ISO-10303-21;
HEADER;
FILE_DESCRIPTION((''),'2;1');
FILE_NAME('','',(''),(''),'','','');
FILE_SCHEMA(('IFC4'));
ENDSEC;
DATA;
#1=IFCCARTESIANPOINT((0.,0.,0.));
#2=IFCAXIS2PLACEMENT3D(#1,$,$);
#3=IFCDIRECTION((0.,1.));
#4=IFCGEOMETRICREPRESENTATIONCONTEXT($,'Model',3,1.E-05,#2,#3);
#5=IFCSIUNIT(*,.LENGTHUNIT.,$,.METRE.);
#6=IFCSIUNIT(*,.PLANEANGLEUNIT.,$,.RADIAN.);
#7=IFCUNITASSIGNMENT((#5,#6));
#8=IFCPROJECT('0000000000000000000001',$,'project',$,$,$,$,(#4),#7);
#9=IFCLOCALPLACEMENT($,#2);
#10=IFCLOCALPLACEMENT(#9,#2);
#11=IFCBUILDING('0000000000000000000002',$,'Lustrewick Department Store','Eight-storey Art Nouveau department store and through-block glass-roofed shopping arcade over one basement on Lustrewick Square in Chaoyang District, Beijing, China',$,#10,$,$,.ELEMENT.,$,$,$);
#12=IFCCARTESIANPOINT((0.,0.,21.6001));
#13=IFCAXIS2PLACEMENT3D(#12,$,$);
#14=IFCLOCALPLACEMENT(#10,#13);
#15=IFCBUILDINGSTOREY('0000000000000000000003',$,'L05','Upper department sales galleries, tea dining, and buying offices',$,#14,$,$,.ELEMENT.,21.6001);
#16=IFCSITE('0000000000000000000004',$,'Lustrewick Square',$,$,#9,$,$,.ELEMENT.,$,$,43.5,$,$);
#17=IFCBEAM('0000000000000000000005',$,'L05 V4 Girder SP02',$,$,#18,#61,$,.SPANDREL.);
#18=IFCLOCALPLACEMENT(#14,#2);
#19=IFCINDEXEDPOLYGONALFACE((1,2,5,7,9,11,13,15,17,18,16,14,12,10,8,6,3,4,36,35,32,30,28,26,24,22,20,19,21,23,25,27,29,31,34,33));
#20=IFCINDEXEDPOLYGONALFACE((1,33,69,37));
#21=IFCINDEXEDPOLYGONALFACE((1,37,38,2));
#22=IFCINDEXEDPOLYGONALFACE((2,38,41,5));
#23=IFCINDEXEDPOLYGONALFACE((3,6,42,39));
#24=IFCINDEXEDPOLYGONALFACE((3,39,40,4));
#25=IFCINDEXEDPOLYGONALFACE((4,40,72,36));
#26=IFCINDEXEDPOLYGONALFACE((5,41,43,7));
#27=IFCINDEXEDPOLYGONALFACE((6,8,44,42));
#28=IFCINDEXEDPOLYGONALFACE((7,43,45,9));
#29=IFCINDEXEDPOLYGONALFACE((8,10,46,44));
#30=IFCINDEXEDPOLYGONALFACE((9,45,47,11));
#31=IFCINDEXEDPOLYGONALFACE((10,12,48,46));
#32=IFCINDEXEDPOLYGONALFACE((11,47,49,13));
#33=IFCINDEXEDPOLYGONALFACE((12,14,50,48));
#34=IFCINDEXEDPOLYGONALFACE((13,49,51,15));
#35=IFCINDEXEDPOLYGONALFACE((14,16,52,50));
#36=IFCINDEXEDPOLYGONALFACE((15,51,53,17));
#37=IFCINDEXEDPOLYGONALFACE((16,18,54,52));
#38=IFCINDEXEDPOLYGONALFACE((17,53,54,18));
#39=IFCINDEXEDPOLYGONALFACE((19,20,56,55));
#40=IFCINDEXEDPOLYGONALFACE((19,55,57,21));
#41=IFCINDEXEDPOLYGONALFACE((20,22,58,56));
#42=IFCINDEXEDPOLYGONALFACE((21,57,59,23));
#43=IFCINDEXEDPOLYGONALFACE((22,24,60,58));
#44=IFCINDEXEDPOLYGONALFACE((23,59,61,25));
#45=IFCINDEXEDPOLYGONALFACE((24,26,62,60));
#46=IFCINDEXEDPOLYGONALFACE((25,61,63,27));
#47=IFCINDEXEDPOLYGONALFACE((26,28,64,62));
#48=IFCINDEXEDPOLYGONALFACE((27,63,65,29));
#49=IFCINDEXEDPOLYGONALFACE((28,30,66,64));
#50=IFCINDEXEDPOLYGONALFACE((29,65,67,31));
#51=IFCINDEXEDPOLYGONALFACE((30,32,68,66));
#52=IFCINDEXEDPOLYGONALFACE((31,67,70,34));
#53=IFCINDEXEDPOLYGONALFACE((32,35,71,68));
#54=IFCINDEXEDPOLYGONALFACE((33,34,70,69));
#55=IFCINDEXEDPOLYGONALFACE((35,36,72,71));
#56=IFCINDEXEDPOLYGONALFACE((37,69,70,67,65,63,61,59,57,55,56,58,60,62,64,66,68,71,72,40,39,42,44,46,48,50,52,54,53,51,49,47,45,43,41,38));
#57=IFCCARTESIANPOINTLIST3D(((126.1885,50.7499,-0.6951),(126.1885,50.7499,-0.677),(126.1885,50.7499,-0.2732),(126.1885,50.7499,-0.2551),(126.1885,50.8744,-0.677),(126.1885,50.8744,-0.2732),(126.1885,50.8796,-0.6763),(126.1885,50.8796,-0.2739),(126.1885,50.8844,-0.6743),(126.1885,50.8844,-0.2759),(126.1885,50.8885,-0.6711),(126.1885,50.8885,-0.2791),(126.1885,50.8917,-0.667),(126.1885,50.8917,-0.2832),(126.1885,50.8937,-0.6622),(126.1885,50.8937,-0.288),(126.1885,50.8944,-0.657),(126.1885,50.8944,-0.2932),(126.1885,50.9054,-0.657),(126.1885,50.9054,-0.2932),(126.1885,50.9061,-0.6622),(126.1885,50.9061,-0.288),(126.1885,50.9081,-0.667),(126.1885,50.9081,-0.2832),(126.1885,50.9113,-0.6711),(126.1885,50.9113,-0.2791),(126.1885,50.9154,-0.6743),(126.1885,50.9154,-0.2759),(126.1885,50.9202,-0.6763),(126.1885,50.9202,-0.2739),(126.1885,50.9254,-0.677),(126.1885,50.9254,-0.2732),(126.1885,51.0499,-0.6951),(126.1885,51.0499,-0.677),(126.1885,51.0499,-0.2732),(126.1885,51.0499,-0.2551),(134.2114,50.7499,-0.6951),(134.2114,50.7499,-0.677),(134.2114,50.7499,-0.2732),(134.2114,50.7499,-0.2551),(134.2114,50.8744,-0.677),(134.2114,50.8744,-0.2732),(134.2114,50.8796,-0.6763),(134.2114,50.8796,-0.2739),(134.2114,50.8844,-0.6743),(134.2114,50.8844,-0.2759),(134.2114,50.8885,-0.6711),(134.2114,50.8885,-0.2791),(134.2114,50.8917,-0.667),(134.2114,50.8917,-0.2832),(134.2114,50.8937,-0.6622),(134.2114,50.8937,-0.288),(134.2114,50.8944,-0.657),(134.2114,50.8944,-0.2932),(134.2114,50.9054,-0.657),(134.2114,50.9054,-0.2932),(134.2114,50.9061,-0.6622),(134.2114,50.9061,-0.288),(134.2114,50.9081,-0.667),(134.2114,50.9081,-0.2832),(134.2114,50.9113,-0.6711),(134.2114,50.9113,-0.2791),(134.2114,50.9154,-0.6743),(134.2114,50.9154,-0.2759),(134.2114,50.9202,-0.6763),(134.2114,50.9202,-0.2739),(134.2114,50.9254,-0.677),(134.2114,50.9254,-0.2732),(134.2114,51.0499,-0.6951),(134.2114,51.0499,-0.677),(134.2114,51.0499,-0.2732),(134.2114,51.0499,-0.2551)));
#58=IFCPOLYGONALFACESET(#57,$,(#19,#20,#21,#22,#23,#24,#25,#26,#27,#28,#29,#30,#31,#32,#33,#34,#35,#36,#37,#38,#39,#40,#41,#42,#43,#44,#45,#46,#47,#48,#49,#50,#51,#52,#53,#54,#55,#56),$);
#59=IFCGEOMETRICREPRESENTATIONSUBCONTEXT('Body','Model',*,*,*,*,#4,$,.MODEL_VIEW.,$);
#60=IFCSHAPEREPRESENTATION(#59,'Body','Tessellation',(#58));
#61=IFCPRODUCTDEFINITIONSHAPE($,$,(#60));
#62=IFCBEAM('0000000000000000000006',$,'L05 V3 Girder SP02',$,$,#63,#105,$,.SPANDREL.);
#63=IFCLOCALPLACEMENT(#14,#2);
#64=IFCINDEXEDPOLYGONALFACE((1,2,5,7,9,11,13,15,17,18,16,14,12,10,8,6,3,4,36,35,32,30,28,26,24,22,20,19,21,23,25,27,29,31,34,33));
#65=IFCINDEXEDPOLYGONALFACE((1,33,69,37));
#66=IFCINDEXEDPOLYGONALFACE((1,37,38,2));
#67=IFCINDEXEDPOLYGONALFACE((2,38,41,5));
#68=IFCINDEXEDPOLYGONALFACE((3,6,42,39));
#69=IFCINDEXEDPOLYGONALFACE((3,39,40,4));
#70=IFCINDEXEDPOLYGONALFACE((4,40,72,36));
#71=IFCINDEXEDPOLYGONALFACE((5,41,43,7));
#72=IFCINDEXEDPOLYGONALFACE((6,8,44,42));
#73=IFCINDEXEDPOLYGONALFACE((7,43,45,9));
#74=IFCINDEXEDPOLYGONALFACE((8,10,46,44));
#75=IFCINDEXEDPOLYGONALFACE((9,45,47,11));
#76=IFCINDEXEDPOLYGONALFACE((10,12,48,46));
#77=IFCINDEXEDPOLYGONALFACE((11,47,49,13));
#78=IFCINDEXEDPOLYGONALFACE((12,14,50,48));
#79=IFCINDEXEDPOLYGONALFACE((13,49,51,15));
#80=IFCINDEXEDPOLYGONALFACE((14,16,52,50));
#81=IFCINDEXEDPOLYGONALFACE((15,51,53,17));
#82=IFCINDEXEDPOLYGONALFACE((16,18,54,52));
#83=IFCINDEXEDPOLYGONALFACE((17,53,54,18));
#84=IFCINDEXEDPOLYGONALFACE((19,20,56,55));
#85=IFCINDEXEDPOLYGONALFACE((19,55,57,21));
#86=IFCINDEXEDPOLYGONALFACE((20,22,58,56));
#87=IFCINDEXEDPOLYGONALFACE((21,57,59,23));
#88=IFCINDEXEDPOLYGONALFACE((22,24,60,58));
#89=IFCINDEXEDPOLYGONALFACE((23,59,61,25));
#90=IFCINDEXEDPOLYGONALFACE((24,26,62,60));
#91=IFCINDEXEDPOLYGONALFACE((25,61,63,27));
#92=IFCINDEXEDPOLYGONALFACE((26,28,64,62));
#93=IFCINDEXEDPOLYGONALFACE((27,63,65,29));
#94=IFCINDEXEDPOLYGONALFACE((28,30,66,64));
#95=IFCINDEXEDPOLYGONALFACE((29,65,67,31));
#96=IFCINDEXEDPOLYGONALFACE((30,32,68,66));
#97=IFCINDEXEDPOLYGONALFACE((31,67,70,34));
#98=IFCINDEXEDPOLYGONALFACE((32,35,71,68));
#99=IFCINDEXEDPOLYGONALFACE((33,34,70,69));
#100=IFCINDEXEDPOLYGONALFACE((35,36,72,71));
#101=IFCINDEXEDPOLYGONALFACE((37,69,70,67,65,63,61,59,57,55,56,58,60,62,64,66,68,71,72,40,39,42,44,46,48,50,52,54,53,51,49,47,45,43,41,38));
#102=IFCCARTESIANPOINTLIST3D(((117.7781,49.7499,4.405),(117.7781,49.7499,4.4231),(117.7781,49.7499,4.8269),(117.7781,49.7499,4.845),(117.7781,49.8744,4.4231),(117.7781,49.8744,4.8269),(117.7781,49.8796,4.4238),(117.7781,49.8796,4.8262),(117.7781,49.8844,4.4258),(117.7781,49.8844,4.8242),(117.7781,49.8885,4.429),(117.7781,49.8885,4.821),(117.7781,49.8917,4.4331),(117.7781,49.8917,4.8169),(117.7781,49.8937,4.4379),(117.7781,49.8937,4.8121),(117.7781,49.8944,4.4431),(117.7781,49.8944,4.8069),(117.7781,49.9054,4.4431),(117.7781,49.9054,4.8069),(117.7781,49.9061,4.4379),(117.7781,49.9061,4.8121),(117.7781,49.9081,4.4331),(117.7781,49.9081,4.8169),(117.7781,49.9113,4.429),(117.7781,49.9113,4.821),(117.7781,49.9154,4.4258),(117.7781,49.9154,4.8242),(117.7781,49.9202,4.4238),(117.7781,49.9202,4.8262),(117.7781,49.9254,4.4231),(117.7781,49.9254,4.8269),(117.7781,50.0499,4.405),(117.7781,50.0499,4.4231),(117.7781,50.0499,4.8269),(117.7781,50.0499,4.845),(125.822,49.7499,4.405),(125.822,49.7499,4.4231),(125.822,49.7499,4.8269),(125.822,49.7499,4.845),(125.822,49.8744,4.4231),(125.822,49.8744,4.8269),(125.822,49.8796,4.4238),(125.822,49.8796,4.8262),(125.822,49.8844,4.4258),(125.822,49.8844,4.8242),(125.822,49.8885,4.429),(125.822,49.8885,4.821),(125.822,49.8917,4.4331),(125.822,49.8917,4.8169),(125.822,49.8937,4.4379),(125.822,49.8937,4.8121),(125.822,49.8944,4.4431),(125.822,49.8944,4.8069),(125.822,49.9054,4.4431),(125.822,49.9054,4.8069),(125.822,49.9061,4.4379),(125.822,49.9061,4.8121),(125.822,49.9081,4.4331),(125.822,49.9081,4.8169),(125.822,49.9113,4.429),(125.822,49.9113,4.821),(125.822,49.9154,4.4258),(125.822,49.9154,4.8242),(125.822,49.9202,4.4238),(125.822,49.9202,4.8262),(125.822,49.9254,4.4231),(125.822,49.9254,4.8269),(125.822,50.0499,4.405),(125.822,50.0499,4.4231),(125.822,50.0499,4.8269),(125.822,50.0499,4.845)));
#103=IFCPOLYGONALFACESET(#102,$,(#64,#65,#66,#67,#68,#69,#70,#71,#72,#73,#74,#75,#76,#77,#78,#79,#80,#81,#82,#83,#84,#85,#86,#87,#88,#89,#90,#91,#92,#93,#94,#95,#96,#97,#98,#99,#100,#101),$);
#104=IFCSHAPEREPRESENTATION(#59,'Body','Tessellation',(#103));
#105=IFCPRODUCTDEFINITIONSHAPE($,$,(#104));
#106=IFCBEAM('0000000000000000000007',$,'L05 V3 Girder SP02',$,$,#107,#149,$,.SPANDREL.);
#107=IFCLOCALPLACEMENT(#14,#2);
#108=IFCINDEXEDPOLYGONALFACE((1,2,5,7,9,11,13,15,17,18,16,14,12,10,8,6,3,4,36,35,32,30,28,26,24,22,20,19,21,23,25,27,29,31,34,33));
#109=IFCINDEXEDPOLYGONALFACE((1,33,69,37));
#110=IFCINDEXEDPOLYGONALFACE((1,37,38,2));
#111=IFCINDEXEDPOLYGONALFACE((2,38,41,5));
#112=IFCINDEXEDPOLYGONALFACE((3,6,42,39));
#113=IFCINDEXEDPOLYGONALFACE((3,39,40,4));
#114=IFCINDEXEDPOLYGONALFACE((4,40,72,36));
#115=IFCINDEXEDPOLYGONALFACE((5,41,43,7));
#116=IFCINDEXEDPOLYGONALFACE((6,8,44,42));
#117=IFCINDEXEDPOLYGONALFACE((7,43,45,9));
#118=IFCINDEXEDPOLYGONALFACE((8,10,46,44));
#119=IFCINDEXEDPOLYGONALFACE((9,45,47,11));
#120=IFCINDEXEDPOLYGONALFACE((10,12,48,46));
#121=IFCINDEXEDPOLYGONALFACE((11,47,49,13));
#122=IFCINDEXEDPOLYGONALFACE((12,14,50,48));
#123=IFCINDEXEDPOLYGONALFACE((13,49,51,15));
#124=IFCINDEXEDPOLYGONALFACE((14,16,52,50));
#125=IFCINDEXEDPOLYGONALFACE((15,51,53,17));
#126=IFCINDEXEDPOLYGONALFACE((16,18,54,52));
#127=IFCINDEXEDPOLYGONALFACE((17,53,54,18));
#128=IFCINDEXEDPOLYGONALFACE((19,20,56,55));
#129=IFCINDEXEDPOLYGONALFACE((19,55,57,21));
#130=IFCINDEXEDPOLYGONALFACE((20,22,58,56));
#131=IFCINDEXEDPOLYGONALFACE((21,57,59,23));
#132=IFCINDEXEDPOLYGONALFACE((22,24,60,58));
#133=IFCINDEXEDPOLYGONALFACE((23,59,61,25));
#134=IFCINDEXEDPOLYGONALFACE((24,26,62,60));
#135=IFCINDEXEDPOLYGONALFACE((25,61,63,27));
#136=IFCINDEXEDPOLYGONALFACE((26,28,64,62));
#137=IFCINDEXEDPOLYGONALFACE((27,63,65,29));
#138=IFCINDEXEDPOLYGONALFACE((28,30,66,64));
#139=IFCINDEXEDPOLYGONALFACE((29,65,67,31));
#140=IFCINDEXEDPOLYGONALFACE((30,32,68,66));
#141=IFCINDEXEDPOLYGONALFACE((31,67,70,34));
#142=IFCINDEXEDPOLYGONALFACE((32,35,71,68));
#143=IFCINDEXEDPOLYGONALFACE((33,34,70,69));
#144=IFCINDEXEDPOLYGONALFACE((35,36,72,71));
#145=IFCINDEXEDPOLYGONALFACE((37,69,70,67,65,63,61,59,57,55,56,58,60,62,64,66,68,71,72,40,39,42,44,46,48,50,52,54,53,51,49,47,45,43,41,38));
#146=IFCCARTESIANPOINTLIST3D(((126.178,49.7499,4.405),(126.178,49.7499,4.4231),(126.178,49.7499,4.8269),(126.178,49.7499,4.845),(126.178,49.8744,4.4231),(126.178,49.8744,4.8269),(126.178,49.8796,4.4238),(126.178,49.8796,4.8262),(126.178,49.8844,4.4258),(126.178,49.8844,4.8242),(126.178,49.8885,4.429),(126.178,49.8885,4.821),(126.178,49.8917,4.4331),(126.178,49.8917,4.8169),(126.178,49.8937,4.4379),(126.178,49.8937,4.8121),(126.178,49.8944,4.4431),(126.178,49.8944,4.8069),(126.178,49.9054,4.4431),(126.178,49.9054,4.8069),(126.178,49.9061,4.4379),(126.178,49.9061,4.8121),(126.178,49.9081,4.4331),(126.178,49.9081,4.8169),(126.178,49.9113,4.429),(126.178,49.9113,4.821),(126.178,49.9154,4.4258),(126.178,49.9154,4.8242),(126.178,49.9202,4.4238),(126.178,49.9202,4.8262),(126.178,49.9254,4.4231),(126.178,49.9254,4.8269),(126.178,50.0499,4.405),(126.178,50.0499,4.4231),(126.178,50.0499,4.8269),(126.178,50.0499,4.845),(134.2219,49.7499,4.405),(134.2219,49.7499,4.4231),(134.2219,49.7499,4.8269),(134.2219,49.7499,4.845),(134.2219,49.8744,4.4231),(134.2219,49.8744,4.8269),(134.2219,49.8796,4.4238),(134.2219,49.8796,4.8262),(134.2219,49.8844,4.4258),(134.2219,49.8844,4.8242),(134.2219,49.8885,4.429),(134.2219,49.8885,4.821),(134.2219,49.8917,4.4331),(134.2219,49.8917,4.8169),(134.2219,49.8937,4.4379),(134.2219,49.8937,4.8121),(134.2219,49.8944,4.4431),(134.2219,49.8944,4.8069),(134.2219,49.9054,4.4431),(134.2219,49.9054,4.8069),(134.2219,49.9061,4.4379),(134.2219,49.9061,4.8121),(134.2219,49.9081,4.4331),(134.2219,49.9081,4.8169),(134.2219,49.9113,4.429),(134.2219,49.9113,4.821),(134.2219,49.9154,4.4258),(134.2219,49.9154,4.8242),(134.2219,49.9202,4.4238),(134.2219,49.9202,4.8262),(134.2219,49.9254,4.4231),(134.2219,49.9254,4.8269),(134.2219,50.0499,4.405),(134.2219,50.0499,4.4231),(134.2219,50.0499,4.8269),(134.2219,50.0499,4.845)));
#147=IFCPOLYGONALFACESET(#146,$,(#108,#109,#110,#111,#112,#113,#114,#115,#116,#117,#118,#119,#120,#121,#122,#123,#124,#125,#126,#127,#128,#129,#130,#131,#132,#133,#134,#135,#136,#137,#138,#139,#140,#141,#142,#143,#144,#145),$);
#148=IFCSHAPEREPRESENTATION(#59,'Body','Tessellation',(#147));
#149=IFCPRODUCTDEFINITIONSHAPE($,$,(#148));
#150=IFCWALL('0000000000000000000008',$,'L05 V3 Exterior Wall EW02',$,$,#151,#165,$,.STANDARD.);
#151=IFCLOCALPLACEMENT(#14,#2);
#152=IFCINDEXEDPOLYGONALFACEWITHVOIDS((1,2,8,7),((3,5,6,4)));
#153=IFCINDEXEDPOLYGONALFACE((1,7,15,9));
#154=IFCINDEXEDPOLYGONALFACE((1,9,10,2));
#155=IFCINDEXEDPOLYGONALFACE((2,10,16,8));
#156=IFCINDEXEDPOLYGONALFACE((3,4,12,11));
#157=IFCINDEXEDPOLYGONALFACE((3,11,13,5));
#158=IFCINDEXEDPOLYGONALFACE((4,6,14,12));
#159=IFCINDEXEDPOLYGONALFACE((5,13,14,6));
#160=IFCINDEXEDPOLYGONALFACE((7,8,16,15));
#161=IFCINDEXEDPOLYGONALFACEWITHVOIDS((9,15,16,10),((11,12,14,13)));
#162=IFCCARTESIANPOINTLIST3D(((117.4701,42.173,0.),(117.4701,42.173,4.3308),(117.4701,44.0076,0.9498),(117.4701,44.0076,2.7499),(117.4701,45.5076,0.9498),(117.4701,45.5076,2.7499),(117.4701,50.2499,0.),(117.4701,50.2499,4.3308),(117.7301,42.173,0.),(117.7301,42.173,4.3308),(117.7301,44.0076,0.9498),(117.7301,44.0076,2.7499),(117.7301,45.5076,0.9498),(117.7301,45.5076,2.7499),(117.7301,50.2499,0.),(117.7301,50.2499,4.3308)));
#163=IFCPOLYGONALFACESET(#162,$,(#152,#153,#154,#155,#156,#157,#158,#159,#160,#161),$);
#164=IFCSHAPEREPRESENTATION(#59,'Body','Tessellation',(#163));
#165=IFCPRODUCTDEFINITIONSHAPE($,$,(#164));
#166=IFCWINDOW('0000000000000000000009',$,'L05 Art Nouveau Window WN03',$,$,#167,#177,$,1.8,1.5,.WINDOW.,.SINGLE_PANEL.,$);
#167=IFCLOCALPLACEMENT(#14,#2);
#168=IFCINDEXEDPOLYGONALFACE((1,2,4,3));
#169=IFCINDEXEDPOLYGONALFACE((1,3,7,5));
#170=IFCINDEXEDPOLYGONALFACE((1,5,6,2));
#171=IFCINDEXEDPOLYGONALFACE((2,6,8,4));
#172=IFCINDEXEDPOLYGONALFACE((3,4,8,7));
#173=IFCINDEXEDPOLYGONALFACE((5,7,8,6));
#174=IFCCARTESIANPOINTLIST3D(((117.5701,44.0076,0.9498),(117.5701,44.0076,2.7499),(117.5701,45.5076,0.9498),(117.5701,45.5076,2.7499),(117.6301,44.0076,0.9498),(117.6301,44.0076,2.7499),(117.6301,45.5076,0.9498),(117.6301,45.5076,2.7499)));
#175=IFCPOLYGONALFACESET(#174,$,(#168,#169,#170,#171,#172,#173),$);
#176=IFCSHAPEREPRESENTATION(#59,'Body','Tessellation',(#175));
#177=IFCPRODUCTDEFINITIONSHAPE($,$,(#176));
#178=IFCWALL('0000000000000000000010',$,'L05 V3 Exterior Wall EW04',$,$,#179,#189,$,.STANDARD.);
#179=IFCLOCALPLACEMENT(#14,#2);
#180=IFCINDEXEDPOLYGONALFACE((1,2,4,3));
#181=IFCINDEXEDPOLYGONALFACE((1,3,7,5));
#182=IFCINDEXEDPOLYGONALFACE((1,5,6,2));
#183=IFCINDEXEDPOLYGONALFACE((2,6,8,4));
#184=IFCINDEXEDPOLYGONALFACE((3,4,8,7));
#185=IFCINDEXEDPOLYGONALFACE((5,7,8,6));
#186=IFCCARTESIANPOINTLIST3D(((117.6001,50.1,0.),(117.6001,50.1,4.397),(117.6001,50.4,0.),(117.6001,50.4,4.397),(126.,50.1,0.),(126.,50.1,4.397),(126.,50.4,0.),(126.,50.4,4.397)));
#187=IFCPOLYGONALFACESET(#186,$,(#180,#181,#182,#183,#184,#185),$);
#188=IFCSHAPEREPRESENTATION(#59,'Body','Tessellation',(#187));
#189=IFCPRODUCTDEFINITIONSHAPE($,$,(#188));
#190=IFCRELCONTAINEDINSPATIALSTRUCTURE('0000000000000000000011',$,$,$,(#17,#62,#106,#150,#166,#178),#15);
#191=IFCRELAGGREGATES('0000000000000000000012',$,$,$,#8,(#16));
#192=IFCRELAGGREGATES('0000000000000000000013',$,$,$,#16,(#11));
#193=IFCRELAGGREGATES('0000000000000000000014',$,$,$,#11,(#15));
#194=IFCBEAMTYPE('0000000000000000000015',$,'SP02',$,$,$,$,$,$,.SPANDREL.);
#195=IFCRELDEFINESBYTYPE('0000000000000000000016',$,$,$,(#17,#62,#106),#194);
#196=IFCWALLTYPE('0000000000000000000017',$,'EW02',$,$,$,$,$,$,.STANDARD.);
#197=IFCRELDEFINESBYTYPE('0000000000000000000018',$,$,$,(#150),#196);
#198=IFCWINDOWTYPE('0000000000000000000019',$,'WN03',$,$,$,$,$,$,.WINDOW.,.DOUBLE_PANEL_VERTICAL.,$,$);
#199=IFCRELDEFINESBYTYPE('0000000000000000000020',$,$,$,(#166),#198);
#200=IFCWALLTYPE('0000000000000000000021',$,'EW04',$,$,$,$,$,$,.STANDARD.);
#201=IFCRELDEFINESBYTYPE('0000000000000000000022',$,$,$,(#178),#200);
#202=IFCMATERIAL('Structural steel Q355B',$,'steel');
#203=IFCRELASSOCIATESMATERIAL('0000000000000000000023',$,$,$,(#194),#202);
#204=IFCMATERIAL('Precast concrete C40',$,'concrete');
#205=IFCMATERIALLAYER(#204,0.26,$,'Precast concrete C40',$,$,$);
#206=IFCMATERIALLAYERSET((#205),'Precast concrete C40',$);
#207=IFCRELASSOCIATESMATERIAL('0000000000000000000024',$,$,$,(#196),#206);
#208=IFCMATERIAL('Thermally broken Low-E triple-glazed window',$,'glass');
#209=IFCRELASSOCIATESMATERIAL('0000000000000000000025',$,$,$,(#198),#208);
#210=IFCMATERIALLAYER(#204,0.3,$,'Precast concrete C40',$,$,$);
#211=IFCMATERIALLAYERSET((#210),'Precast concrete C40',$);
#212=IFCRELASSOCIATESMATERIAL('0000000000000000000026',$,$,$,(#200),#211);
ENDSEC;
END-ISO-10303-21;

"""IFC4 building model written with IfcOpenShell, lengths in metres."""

from ifc_helpers import new_model, si_unit, direction, frame, frame_2d, origin, origin_2d, place, context, subcontext, project, spatial, rectangle, i_section, extrude, material, layer, layer_set, material_profile, profile_set, type_object, element, fill, save


model = new_model("IFC4")

# Units and contexts
model_context = context("Model", 3, precision=1e-05, world=origin(), true_north=direction((0.0, 1.0)))
body_context = subcontext(model_context, "Body", "Model", "MODEL_VIEW")
ifc_project = project(units=[si_unit("LENGTHUNIT", "METRE"), si_unit("PLANEANGLEUNIT", "RADIAN")], contexts=[model_context])

# Site, building, storey
site_placement = place(None, origin())
site = spatial("IfcSite", under=ifc_project, at=site_placement, Name="Lustrewick Square", CompositionType="ELEMENT", RefElevation=43.5)
building_placement = place(site_placement, origin())
building = spatial("IfcBuilding", under=site, at=building_placement, Name="Lustrewick Department Store", Description="Eight-storey Art Nouveau department store and through-block glass-roofed shopping arcade over one basement on Lustrewick Square in Chaoyang District, Beijing, China", CompositionType="ELEMENT")
storey_placement = place(building_placement, frame((0.0, 0.0, 21.6001)))
storey = spatial("IfcBuildingStorey", under=building, at=storey_placement, Name="L05", Description="Upper department sales galleries, tea dining, and buying offices", CompositionType="ELEMENT", Elevation=21.6001)

# Shared definitions
ifc_material_1 = material(Name="Structural steel Q355B", Category="steel")

# Beams
ifc_material_profile_1 = material_profile(ifc_material_1, i_section(OverallWidth=0.3, OverallDepth=0.4399, WebThickness=0.011, FlangeThickness=0.0181, FilletRadius=0.02, at=origin_2d()), Name="HM 440x300x11x18")
ifc_profile_set_1 = profile_set([ifc_material_profile_1], Name="Structural steel Q355B")
beam_type_1 = type_object("IfcBeamType", Name="SP02", PredefinedType="SPANDREL", material=ifc_profile_set_1)
for number, where, z_axis, x_axis, name in (
    (1, (126.1885, 50.8999, -0.4751), (1.0, 0.0, 0.0), (0.0, 1.0, 0.0), "L05 V4 Girder SP02"),
):
    element("IfcBeam", number, at=place(storey_placement, frame(where, z_axis=z_axis, x_axis=x_axis)), inside=storey, type_object=beam_type_1, Name=name, PredefinedType="SPANDREL", context=body_context, shape_type="SweptSolid", body=[
        extrude(i_section(OverallWidth=0.3, OverallDepth=0.4399, WebThickness=0.011, FlangeThickness=0.0181, FilletRadius=0.02, at=origin_2d()), origin(), (0.0, 0.0, 1.0), 8.0229),
    ])
for number, where, z_axis, x_axis, name in (
    (2, (117.7781, 49.8999, 4.625), (1.0, 0.0, 0.0), (0.0, 1.0, 0.0), "L05 V3 Girder SP02"),
    (3, (126.178, 49.8999, 4.625), (1.0, 0.0, 0.0), (0.0, 1.0, 0.0), "L05 V3 Girder SP02"),
):
    element("IfcBeam", number, at=place(storey_placement, frame(where, z_axis=z_axis, x_axis=x_axis)), inside=storey, type_object=beam_type_1, Name=name, PredefinedType="SPANDREL", context=body_context, shape_type="SweptSolid", body=[
        extrude(i_section(OverallWidth=0.3, OverallDepth=0.4399, WebThickness=0.011, FlangeThickness=0.0181, FilletRadius=0.02, at=origin_2d()), origin(), (0.0, 0.0, 1.0), 8.0439),
    ])

# Wall, opening, window
ifc_material_2 = material(Name="Precast concrete C40", Category="concrete")
ifc_layer_1 = layer(ifc_material_2, 0.26, Name="Precast concrete C40")
ifc_layer_set_1 = layer_set([ifc_layer_1], Name="Precast concrete C40")
wall_type_1 = type_object("IfcWallType", Name="EW02", PredefinedType="STANDARD", material=ifc_layer_set_1)
wall_1_placement = place(storey_placement, frame((117.6001, 50.25, 0.0), z_axis=(0.0, 0.0, 1.0), x_axis=(0.0, -1.0, 0.0)))
wall_1 = element("IfcWall", 4, at=wall_1_placement, inside=storey, type_object=wall_type_1, Name="L05 V3 Exterior Wall EW02", PredefinedType="STANDARD", context=body_context, shape_type="SweptSolid", body=[
    extrude(rectangle(XDim=8.0769, YDim=0.26, at=frame_2d((4.0386, 0.0))), origin(), (0.0, 0.0, 1.0), 4.3308),
])
opening_placement = place(wall_1_placement, frame((4.7424, 0.0, 0.95)))
opening = element("IfcOpeningElement", 5, at=opening_placement, cuts=wall_1, PredefinedType="OPENING", context=body_context, shape_type="SweptSolid", body=[
    extrude(rectangle(XDim=1.5, YDim=1.8, at=frame_2d((0.75, 0.8999))), frame((0.0, 0.1401, 0.0), z_axis=(0.0, -1.0, 0.0), x_axis=(1.0, 0.0, 0.0)), (0.0, 0.0, 1.0), 0.28),
])
ifc_material_3 = material(Name="Thermally broken Low-E triple-glazed window", Category="glass")
window_type = type_object("IfcWindowType", Name="WN03", PartitioningType="DOUBLE_PANEL_VERTICAL", PredefinedType="WINDOW", material=ifc_material_3)
window_placement = place(opening_placement, origin())
window = element("IfcWindow", 6, at=window_placement, inside=storey, type_object=window_type, Name="L05 Art Nouveau Window WN03", OverallHeight=1.8, OverallWidth=1.5, PartitioningType="SINGLE_PANEL", PredefinedType="WINDOW", context=body_context, shape_type="SweptSolid", body=[
    extrude(rectangle(XDim=1.5, YDim=1.8, at=frame_2d((0.75, 0.8999))), frame((0.0, 0.03, 0.0), z_axis=(0.0, -1.0, 0.0), x_axis=(1.0, 0.0, 0.0)), (0.0, 0.0, 1.0), 0.0601),
])
fill(opening, window)

# Wall
ifc_layer_2 = layer(ifc_material_2, 0.3, Name="Precast concrete C40")
ifc_layer_set_2 = layer_set([ifc_layer_2], Name="Precast concrete C40")
wall_type_2 = type_object("IfcWallType", Name="EW04", PredefinedType="STANDARD", material=ifc_layer_set_2)
wall_2_placement = place(storey_placement, frame((126.0, 50.25, 0.0), z_axis=(0.0, 0.0, 1.0), x_axis=(-1.0, 0.0, 0.0)))
element("IfcWall", 7, at=wall_2_placement, inside=storey, type_object=wall_type_2, Name="L05 V3 Exterior Wall EW04", PredefinedType="STANDARD", context=body_context, shape_type="SweptSolid", body=[
    extrude(rectangle(XDim=8.3999, YDim=0.3, at=frame_2d((4.2, 0.0))), origin(), (0.0, 0.0, 1.0), 4.397),
])

save(model, "model.ifc")
